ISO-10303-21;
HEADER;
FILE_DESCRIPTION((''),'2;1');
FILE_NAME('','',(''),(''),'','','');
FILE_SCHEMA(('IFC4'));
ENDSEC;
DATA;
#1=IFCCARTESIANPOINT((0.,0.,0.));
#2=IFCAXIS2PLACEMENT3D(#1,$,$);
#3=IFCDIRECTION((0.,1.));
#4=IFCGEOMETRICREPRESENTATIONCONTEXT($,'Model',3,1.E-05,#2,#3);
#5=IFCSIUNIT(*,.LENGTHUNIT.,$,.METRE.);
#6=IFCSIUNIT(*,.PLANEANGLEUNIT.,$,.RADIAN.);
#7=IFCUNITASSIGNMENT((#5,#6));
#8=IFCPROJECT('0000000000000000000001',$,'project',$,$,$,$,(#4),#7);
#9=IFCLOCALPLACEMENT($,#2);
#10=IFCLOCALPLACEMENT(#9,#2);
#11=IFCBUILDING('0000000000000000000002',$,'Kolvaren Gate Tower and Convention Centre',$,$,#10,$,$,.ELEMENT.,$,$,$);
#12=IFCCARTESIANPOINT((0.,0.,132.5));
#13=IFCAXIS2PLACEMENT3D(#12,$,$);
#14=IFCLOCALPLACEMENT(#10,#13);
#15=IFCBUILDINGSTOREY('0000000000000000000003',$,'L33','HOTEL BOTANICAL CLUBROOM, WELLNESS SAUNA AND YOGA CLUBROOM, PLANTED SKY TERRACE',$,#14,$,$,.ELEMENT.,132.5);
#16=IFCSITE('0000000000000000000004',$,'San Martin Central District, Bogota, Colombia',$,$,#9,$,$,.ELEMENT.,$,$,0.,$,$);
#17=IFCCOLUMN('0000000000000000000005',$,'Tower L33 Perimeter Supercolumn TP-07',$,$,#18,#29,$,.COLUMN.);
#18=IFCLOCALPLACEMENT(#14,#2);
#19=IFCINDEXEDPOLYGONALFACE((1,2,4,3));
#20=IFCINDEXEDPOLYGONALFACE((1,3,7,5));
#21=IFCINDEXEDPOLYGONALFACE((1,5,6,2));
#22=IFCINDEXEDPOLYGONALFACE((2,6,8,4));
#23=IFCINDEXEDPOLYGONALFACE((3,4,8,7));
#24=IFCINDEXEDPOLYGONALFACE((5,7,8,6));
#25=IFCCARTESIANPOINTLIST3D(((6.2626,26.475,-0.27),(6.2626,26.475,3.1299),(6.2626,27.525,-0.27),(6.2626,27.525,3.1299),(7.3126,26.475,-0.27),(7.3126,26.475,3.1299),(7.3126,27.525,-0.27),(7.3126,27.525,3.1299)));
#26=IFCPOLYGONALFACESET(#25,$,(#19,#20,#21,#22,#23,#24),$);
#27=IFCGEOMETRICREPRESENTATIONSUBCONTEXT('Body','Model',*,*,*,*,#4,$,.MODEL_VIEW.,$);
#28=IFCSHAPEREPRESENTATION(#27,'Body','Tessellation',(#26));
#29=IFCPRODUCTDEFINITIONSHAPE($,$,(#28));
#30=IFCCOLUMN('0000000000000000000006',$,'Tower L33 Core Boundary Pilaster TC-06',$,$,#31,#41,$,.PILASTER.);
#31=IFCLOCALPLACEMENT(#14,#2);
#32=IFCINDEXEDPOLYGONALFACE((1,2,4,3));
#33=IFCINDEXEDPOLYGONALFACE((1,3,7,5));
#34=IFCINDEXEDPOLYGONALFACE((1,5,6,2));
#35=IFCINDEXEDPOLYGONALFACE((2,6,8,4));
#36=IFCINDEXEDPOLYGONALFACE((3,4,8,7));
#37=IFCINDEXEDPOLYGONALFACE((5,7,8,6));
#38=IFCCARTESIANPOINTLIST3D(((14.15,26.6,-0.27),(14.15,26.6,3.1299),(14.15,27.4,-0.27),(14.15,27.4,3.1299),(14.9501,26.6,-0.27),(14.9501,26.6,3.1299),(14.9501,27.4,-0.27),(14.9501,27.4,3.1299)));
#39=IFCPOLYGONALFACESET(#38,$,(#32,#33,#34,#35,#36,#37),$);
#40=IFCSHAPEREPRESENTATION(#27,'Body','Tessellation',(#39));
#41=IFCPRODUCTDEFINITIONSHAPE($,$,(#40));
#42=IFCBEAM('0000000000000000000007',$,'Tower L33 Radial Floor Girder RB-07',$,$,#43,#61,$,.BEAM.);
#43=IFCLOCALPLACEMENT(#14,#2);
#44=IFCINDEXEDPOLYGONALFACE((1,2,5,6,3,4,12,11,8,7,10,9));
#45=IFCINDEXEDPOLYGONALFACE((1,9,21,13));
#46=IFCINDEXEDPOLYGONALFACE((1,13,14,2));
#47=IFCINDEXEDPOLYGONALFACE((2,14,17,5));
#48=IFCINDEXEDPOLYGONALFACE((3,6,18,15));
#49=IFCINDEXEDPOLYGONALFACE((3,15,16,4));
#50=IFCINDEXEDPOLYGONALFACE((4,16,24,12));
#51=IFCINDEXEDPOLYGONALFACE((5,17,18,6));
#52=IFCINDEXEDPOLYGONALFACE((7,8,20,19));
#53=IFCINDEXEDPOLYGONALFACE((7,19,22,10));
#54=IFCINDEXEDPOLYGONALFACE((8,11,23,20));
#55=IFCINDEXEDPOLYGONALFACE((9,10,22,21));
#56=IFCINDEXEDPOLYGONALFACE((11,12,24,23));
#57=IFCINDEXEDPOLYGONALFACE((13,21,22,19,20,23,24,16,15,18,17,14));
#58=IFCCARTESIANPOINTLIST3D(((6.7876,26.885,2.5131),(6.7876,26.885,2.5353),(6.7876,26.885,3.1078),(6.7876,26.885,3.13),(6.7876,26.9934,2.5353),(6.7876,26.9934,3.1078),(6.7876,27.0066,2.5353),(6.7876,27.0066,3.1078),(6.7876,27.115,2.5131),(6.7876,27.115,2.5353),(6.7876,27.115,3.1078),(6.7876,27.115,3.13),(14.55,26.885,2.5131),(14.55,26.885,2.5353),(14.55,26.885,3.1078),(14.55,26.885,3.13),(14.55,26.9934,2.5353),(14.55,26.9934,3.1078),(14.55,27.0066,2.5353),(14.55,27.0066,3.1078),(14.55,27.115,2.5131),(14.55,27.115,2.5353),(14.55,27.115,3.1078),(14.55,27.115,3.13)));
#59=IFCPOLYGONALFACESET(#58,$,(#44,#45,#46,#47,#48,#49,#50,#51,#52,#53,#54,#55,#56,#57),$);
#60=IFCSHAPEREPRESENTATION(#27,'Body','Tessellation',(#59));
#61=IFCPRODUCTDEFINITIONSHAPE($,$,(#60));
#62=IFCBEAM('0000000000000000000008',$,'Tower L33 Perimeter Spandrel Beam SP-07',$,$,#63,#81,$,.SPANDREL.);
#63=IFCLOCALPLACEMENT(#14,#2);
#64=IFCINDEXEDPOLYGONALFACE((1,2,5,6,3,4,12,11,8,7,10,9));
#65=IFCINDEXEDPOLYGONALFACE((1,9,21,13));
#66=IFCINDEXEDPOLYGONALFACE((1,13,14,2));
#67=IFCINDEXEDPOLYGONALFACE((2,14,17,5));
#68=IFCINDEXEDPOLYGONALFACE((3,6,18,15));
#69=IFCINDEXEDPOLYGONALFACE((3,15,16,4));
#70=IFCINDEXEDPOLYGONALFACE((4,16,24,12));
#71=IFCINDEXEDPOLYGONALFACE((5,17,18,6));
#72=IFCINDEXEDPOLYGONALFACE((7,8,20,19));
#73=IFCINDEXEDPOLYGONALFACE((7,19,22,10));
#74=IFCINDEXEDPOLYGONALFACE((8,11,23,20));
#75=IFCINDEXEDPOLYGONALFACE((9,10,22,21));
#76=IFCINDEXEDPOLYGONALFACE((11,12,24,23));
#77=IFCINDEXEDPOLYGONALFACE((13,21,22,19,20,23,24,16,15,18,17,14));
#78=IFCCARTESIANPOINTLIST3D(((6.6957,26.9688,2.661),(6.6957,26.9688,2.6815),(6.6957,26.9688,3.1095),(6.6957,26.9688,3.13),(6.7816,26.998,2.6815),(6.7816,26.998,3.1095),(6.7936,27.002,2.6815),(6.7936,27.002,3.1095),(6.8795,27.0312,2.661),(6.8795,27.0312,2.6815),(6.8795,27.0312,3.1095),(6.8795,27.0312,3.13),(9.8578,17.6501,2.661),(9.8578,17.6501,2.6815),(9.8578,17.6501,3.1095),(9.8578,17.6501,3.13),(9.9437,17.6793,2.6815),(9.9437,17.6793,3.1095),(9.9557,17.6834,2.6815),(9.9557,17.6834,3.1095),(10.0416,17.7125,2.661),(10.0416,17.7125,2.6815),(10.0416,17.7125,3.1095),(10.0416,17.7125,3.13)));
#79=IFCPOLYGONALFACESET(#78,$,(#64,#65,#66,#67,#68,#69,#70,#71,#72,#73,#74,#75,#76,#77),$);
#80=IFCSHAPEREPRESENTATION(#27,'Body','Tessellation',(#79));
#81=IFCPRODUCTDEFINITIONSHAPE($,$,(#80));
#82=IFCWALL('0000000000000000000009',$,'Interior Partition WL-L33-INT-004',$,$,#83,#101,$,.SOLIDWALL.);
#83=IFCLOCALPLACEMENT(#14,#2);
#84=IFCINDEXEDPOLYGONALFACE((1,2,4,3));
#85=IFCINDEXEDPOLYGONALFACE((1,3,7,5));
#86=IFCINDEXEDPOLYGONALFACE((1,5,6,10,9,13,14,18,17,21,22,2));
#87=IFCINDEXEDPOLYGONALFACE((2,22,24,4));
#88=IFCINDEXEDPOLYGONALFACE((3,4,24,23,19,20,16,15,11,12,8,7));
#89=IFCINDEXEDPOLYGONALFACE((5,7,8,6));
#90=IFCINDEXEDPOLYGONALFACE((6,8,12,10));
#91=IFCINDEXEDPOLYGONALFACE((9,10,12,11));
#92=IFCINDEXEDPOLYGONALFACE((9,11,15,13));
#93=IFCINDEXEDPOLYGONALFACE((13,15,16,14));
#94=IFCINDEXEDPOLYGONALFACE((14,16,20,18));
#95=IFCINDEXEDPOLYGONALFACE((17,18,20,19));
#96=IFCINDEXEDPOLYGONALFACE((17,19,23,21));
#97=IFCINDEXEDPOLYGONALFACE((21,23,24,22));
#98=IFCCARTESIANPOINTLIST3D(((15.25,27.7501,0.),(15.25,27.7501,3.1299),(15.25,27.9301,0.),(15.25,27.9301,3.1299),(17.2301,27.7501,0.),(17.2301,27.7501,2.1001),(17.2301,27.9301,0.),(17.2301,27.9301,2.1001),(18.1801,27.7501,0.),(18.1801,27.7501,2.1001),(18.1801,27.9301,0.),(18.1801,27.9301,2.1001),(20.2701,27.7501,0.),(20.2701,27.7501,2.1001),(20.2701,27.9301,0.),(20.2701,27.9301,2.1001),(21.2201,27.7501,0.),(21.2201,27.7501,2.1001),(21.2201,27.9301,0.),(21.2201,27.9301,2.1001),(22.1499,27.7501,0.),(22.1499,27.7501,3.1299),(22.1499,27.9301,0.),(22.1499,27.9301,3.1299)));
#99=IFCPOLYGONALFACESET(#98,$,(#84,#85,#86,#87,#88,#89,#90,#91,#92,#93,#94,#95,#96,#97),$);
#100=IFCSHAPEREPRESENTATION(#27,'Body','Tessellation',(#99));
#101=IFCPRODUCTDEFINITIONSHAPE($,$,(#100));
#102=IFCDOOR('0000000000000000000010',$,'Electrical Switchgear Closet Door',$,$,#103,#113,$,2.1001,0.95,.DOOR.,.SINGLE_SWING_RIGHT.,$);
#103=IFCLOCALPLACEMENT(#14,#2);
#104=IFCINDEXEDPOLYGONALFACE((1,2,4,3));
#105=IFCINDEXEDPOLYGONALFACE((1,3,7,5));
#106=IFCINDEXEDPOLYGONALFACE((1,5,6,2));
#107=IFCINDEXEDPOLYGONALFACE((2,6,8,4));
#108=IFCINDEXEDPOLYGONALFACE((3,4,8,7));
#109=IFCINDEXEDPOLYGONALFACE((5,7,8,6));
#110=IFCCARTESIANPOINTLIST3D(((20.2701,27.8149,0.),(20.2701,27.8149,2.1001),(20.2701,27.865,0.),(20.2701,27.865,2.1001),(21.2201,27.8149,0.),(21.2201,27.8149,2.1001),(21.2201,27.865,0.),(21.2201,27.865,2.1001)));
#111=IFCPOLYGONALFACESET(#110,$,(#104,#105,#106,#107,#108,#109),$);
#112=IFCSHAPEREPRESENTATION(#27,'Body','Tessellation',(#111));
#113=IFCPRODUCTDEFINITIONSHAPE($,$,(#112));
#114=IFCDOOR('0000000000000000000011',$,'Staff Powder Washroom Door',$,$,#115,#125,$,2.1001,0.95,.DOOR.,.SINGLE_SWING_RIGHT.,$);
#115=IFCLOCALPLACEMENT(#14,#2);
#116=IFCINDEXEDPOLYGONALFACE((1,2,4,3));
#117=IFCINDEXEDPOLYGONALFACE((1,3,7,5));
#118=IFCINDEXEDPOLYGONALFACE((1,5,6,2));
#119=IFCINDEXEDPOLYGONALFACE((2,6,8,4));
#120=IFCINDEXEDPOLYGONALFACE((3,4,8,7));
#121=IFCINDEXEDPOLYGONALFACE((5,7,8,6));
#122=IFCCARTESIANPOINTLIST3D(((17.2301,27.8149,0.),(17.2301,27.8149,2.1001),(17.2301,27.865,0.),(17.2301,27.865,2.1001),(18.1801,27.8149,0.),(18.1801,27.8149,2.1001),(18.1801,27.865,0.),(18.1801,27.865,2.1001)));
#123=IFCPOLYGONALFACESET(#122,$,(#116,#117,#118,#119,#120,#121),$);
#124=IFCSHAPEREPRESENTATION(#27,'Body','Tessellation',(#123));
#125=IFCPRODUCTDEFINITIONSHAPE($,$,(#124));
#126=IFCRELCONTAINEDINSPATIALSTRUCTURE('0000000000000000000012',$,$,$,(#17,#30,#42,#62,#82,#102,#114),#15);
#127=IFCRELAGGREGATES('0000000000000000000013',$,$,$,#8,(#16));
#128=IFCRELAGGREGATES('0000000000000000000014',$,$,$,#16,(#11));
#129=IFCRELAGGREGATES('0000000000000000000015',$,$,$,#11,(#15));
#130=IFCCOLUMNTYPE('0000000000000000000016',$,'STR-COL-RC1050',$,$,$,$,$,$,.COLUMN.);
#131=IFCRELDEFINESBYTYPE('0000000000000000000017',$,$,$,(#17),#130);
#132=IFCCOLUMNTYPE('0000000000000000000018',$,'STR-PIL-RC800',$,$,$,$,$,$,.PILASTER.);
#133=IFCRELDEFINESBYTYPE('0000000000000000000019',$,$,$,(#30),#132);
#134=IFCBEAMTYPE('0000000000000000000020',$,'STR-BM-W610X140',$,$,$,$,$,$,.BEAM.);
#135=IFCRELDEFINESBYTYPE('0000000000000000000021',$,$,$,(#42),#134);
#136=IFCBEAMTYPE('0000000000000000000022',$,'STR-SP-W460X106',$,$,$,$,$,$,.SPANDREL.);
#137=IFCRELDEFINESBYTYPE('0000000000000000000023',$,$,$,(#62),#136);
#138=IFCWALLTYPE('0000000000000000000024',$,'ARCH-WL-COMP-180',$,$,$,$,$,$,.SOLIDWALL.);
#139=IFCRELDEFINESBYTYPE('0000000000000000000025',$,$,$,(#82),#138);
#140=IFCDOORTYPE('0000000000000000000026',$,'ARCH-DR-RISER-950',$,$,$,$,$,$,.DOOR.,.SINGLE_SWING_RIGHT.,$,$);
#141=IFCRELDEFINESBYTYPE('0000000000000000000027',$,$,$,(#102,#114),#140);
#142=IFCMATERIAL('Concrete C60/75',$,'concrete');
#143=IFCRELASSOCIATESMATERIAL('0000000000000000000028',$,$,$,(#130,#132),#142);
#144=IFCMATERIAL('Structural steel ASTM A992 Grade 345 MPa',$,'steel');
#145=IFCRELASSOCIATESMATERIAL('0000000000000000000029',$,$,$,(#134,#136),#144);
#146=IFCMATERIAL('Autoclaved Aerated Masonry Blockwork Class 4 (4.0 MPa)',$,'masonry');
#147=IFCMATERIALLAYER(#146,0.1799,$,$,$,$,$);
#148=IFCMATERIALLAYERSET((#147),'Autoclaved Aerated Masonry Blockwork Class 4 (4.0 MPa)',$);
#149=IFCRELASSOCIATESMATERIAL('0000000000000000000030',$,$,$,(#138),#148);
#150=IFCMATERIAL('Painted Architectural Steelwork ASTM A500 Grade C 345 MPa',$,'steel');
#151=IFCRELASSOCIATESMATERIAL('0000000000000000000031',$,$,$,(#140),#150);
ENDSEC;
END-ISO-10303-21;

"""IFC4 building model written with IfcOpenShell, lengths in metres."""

from ifc_helpers import new_model, si_unit, direction, frame, frame_2d, origin, origin_2d, place, context, subcontext, project, spatial, rectangle, i_section, extrude, material, layer, layer_set, material_profile, profile_set, type_object, element, fill, save


model = new_model("IFC4")

# Units and contexts
model_context = context("Model", 3, precision=1e-05, world=origin(), true_north=direction((0.0, 1.0)))
body_context = subcontext(model_context, "Body", "Model", "MODEL_VIEW")
ifc_project = project(units=[si_unit("LENGTHUNIT", "METRE"), si_unit("PLANEANGLEUNIT", "RADIAN")], contexts=[model_context])

# Site, building, storey
site_placement = place(None, origin())
site = spatial("IfcSite", under=ifc_project, at=site_placement, Name="San Martin Central District, Bogota, Colombia", CompositionType="ELEMENT", RefElevation=0.0)
building_placement = place(site_placement, origin())
building = spatial("IfcBuilding", under=site, at=building_placement, Name="Kolvaren Gate Tower and Convention Centre", CompositionType="ELEMENT")
storey_placement = place(building_placement, frame((0.0, 0.0, 132.5)))
storey = spatial("IfcBuildingStorey", under=building, at=storey_placement, Name="L33", Description="HOTEL BOTANICAL CLUBROOM, WELLNESS SAUNA AND YOGA CLUBROOM, PLANTED SKY TERRACE", CompositionType="ELEMENT", Elevation=132.5)

# Columns
ifc_material_1 = material(Name="Concrete C60/75", Category="concrete")
ifc_material_profile_1 = material_profile(ifc_material_1, rectangle(XDim=1.05, YDim=1.05, at=origin_2d()), Name="RC-COL-1050X1050")
ifc_profile_set_1 = profile_set([ifc_material_profile_1], Name="Concrete C60/75")
column_type_1 = type_object("IfcColumnType", Name="STR-COL-RC1050", PredefinedType="COLUMN", material=ifc_profile_set_1)
column_1_placement = place(storey_placement, frame((6.7876, 27.0, -0.27), z_axis=(0.0, 0.0, 1.0), x_axis=(1.0, 0.0, 0.0)))
element("IfcColumn", 1, at=column_1_placement, inside=storey, type_object=column_type_1, Name="Tower L33 Perimeter Supercolumn TP-07", PredefinedType="COLUMN", context=body_context, shape_type="SweptSolid", body=[
    extrude(rectangle(XDim=1.05, YDim=1.05, at=origin_2d()), origin(), (0.0, 0.0, 1.0), 3.3999),
])
ifc_material_profile_2 = material_profile(ifc_material_1, rectangle(XDim=0.8, YDim=0.8, at=origin_2d()), Name="RC-COL-800X800")
ifc_profile_set_2 = profile_set([ifc_material_profile_2], Name="Concrete C60/75")
column_type_2 = type_object("IfcColumnType", Name="STR-PIL-RC800", PredefinedType="PILASTER", material=ifc_profile_set_2)
column_2_placement = place(storey_placement, frame((14.55, 27.0, -0.27), z_axis=(0.0, 0.0, 1.0), x_axis=(1.0, 0.0, 0.0)))
element("IfcColumn", 2, at=column_2_placement, inside=storey, type_object=column_type_2, Name="Tower L33 Core Boundary Pilaster TC-06", PredefinedType="PILASTER", context=body_context, shape_type="SweptSolid", body=[
    extrude(rectangle(XDim=0.8, YDim=0.8, at=origin_2d()), origin(), (0.0, 0.0, 1.0), 3.3999),
])

# Beams
ifc_material_2 = material(Name="Structural steel ASTM A992 Grade 345 MPa", Category="steel")
ifc_material_profile_3 = material_profile(ifc_material_2, i_section(OverallWidth=0.23, OverallDepth=0.6169, WebThickness=0.0132, FlangeThickness=0.0222, at=origin_2d()), Name="W610X140")
ifc_profile_set_3 = profile_set([ifc_material_profile_3], Name="Structural steel ASTM A992 Grade 345 MPa")
beam_type_1 = type_object("IfcBeamType", Name="STR-BM-W610X140", PredefinedType="BEAM", material=ifc_profile_set_3)
beam_1_placement = place(storey_placement, frame((14.55, 27.0, 2.8215), z_axis=(-1.0, 0.0, 0.0), x_axis=(0.0, -1.0, 0.0)))
element("IfcBeam", 3, at=beam_1_placement, inside=storey, type_object=beam_type_1, Name="Tower L33 Radial Floor Girder RB-07", PredefinedType="BEAM", context=body_context, shape_type="SweptSolid", body=[
    extrude(i_section(OverallWidth=0.23, OverallDepth=0.6169, WebThickness=0.0132, FlangeThickness=0.0222, at=origin_2d()), origin(), (0.0, 0.0, 1.0), 7.7625),
])
ifc_material_profile_4 = material_profile(ifc_material_2, i_section(OverallWidth=0.1941, OverallDepth=0.469, WebThickness=0.0127, FlangeThickness=0.0205, at=origin_2d()), Name="W460X106")
ifc_profile_set_4 = profile_set([ifc_material_profile_4], Name="Structural steel ASTM A992 Grade 345 MPa")
beam_type_2 = type_object("IfcBeamType", Name="STR-SP-W460X106", PredefinedType="SPANDREL", material=ifc_profile_set_4)
beam_2_placement = place(storey_placement, frame((6.7876, 27.0, 2.8955), z_axis=(0.321336, -0.946965, 0.0), x_axis=(0.946965, 0.321336, 0.0)))
element("IfcBeam", 4, at=beam_2_placement, inside=storey, type_object=beam_type_2, Name="Tower L33 Perimeter Spandrel Beam SP-07", PredefinedType="SPANDREL", context=body_context, shape_type="SweptSolid", body=[
    extrude(i_section(OverallWidth=0.1941, OverallDepth=0.469, WebThickness=0.0127, FlangeThickness=0.0205, at=origin_2d()), origin(), (0.0, 0.0, 1.0), 9.8406),
])

# Wall, openings, doors
ifc_material_3 = material(Name="Autoclaved Aerated Masonry Blockwork Class 4 (4.0 MPa)", Category="masonry")
ifc_layer_1 = layer(ifc_material_3, 0.1799)
ifc_layer_set_1 = layer_set([ifc_layer_1], Name="Autoclaved Aerated Masonry Blockwork Class 4 (4.0 MPa)")
wall_type_1 = type_object("IfcWallType", Name="ARCH-WL-COMP-180", PredefinedType="SOLIDWALL", material=ifc_layer_set_1)
wall_1_placement = place(storey_placement, frame((15.25, 27.8401, 0.0), z_axis=(0.0, 0.0, 1.0), x_axis=(1.0, 0.0, 0.0)))
wall_1 = element("IfcWall", 5, at=wall_1_placement, inside=storey, type_object=wall_type_1, Name="Interior Partition WL-L33-INT-004", PredefinedType="SOLIDWALL", context=body_context, shape_type="SweptSolid", body=[
    extrude(rectangle(XDim=6.8999, YDim=0.1799, at=frame_2d((3.45, 0.0))), origin(), (0.0, 0.0, 1.0), 3.1299),
])
opening_1_placement = place(wall_1_placement, frame((5.02, 0.0, 0.0)))
opening_1 = element("IfcOpeningElement", 6, at=opening_1_placement, cuts=wall_1, PredefinedType="OPENING", context=body_context, shape_type="SweptSolid", body=[
    extrude(rectangle(XDim=0.95, YDim=2.1001, at=frame_2d((0.4751, 1.05))), frame((0.0, 0.0999, 0.0), z_axis=(0.0, -1.0, 0.0), x_axis=(1.0, 0.0, 0.0)), (0.0, 0.0, 1.0), 0.2),
])
opening_2_placement = place(wall_1_placement, frame((1.98, 0.0, 0.0)))
opening_2 = element("IfcOpeningElement", 7, at=opening_2_placement, cuts=wall_1, PredefinedType="OPENING", context=body_context, shape_type="SweptSolid", body=[
    extrude(rectangle(XDim=0.95, YDim=2.1001, at=frame_2d((0.4751, 1.05))), frame((0.0, 0.0999, 0.0), z_axis=(0.0, -1.0, 0.0), x_axis=(1.0, 0.0, 0.0)), (0.0, 0.0, 1.0), 0.2),
])
ifc_material_4 = material(Name="Painted Architectural Steelwork ASTM A500 Grade C 345 MPa", Category="steel")
door_type = type_object("IfcDoorType", Name="ARCH-DR-RISER-950", OperationType="SINGLE_SWING_RIGHT", PredefinedType="DOOR", material=ifc_material_4)
door_1_placement = place(opening_1_placement, origin())
door_1 = element("IfcDoor", 8, at=door_1_placement, inside=storey, type_object=door_type, Name="Electrical Switchgear Closet Door", OperationType="SINGLE_SWING_RIGHT", OverallHeight=2.1001, OverallWidth=0.95, PredefinedType="DOOR", context=body_context, shape_type="SweptSolid", body=[
    extrude(rectangle(XDim=0.95, YDim=2.1001, at=frame_2d((0.4751, 1.05))), frame((0.0, 0.0249, 0.0), z_axis=(0.0, -1.0, 0.0), x_axis=(1.0, 0.0, 0.0)), (0.0, 0.0, 1.0), 0.05),
])
fill(opening_1, door_1)
door_2_placement = place(opening_2_placement, origin())
door_2 = element("IfcDoor", 9, at=door_2_placement, inside=storey, type_object=door_type, Name="Staff Powder Washroom Door", OperationType="SINGLE_SWING_RIGHT", OverallHeight=2.1001, OverallWidth=0.95, PredefinedType="DOOR", context=body_context, shape_type="SweptSolid", body=[
    extrude(rectangle(XDim=0.95, YDim=2.1001, at=frame_2d((0.4751, 1.05))), frame((0.0, 0.0249, 0.0), z_axis=(0.0, -1.0, 0.0), x_axis=(1.0, 0.0, 0.0)), (0.0, 0.0, 1.0), 0.05),
])
fill(opening_2, door_2)

save(model, "model.ifc")
